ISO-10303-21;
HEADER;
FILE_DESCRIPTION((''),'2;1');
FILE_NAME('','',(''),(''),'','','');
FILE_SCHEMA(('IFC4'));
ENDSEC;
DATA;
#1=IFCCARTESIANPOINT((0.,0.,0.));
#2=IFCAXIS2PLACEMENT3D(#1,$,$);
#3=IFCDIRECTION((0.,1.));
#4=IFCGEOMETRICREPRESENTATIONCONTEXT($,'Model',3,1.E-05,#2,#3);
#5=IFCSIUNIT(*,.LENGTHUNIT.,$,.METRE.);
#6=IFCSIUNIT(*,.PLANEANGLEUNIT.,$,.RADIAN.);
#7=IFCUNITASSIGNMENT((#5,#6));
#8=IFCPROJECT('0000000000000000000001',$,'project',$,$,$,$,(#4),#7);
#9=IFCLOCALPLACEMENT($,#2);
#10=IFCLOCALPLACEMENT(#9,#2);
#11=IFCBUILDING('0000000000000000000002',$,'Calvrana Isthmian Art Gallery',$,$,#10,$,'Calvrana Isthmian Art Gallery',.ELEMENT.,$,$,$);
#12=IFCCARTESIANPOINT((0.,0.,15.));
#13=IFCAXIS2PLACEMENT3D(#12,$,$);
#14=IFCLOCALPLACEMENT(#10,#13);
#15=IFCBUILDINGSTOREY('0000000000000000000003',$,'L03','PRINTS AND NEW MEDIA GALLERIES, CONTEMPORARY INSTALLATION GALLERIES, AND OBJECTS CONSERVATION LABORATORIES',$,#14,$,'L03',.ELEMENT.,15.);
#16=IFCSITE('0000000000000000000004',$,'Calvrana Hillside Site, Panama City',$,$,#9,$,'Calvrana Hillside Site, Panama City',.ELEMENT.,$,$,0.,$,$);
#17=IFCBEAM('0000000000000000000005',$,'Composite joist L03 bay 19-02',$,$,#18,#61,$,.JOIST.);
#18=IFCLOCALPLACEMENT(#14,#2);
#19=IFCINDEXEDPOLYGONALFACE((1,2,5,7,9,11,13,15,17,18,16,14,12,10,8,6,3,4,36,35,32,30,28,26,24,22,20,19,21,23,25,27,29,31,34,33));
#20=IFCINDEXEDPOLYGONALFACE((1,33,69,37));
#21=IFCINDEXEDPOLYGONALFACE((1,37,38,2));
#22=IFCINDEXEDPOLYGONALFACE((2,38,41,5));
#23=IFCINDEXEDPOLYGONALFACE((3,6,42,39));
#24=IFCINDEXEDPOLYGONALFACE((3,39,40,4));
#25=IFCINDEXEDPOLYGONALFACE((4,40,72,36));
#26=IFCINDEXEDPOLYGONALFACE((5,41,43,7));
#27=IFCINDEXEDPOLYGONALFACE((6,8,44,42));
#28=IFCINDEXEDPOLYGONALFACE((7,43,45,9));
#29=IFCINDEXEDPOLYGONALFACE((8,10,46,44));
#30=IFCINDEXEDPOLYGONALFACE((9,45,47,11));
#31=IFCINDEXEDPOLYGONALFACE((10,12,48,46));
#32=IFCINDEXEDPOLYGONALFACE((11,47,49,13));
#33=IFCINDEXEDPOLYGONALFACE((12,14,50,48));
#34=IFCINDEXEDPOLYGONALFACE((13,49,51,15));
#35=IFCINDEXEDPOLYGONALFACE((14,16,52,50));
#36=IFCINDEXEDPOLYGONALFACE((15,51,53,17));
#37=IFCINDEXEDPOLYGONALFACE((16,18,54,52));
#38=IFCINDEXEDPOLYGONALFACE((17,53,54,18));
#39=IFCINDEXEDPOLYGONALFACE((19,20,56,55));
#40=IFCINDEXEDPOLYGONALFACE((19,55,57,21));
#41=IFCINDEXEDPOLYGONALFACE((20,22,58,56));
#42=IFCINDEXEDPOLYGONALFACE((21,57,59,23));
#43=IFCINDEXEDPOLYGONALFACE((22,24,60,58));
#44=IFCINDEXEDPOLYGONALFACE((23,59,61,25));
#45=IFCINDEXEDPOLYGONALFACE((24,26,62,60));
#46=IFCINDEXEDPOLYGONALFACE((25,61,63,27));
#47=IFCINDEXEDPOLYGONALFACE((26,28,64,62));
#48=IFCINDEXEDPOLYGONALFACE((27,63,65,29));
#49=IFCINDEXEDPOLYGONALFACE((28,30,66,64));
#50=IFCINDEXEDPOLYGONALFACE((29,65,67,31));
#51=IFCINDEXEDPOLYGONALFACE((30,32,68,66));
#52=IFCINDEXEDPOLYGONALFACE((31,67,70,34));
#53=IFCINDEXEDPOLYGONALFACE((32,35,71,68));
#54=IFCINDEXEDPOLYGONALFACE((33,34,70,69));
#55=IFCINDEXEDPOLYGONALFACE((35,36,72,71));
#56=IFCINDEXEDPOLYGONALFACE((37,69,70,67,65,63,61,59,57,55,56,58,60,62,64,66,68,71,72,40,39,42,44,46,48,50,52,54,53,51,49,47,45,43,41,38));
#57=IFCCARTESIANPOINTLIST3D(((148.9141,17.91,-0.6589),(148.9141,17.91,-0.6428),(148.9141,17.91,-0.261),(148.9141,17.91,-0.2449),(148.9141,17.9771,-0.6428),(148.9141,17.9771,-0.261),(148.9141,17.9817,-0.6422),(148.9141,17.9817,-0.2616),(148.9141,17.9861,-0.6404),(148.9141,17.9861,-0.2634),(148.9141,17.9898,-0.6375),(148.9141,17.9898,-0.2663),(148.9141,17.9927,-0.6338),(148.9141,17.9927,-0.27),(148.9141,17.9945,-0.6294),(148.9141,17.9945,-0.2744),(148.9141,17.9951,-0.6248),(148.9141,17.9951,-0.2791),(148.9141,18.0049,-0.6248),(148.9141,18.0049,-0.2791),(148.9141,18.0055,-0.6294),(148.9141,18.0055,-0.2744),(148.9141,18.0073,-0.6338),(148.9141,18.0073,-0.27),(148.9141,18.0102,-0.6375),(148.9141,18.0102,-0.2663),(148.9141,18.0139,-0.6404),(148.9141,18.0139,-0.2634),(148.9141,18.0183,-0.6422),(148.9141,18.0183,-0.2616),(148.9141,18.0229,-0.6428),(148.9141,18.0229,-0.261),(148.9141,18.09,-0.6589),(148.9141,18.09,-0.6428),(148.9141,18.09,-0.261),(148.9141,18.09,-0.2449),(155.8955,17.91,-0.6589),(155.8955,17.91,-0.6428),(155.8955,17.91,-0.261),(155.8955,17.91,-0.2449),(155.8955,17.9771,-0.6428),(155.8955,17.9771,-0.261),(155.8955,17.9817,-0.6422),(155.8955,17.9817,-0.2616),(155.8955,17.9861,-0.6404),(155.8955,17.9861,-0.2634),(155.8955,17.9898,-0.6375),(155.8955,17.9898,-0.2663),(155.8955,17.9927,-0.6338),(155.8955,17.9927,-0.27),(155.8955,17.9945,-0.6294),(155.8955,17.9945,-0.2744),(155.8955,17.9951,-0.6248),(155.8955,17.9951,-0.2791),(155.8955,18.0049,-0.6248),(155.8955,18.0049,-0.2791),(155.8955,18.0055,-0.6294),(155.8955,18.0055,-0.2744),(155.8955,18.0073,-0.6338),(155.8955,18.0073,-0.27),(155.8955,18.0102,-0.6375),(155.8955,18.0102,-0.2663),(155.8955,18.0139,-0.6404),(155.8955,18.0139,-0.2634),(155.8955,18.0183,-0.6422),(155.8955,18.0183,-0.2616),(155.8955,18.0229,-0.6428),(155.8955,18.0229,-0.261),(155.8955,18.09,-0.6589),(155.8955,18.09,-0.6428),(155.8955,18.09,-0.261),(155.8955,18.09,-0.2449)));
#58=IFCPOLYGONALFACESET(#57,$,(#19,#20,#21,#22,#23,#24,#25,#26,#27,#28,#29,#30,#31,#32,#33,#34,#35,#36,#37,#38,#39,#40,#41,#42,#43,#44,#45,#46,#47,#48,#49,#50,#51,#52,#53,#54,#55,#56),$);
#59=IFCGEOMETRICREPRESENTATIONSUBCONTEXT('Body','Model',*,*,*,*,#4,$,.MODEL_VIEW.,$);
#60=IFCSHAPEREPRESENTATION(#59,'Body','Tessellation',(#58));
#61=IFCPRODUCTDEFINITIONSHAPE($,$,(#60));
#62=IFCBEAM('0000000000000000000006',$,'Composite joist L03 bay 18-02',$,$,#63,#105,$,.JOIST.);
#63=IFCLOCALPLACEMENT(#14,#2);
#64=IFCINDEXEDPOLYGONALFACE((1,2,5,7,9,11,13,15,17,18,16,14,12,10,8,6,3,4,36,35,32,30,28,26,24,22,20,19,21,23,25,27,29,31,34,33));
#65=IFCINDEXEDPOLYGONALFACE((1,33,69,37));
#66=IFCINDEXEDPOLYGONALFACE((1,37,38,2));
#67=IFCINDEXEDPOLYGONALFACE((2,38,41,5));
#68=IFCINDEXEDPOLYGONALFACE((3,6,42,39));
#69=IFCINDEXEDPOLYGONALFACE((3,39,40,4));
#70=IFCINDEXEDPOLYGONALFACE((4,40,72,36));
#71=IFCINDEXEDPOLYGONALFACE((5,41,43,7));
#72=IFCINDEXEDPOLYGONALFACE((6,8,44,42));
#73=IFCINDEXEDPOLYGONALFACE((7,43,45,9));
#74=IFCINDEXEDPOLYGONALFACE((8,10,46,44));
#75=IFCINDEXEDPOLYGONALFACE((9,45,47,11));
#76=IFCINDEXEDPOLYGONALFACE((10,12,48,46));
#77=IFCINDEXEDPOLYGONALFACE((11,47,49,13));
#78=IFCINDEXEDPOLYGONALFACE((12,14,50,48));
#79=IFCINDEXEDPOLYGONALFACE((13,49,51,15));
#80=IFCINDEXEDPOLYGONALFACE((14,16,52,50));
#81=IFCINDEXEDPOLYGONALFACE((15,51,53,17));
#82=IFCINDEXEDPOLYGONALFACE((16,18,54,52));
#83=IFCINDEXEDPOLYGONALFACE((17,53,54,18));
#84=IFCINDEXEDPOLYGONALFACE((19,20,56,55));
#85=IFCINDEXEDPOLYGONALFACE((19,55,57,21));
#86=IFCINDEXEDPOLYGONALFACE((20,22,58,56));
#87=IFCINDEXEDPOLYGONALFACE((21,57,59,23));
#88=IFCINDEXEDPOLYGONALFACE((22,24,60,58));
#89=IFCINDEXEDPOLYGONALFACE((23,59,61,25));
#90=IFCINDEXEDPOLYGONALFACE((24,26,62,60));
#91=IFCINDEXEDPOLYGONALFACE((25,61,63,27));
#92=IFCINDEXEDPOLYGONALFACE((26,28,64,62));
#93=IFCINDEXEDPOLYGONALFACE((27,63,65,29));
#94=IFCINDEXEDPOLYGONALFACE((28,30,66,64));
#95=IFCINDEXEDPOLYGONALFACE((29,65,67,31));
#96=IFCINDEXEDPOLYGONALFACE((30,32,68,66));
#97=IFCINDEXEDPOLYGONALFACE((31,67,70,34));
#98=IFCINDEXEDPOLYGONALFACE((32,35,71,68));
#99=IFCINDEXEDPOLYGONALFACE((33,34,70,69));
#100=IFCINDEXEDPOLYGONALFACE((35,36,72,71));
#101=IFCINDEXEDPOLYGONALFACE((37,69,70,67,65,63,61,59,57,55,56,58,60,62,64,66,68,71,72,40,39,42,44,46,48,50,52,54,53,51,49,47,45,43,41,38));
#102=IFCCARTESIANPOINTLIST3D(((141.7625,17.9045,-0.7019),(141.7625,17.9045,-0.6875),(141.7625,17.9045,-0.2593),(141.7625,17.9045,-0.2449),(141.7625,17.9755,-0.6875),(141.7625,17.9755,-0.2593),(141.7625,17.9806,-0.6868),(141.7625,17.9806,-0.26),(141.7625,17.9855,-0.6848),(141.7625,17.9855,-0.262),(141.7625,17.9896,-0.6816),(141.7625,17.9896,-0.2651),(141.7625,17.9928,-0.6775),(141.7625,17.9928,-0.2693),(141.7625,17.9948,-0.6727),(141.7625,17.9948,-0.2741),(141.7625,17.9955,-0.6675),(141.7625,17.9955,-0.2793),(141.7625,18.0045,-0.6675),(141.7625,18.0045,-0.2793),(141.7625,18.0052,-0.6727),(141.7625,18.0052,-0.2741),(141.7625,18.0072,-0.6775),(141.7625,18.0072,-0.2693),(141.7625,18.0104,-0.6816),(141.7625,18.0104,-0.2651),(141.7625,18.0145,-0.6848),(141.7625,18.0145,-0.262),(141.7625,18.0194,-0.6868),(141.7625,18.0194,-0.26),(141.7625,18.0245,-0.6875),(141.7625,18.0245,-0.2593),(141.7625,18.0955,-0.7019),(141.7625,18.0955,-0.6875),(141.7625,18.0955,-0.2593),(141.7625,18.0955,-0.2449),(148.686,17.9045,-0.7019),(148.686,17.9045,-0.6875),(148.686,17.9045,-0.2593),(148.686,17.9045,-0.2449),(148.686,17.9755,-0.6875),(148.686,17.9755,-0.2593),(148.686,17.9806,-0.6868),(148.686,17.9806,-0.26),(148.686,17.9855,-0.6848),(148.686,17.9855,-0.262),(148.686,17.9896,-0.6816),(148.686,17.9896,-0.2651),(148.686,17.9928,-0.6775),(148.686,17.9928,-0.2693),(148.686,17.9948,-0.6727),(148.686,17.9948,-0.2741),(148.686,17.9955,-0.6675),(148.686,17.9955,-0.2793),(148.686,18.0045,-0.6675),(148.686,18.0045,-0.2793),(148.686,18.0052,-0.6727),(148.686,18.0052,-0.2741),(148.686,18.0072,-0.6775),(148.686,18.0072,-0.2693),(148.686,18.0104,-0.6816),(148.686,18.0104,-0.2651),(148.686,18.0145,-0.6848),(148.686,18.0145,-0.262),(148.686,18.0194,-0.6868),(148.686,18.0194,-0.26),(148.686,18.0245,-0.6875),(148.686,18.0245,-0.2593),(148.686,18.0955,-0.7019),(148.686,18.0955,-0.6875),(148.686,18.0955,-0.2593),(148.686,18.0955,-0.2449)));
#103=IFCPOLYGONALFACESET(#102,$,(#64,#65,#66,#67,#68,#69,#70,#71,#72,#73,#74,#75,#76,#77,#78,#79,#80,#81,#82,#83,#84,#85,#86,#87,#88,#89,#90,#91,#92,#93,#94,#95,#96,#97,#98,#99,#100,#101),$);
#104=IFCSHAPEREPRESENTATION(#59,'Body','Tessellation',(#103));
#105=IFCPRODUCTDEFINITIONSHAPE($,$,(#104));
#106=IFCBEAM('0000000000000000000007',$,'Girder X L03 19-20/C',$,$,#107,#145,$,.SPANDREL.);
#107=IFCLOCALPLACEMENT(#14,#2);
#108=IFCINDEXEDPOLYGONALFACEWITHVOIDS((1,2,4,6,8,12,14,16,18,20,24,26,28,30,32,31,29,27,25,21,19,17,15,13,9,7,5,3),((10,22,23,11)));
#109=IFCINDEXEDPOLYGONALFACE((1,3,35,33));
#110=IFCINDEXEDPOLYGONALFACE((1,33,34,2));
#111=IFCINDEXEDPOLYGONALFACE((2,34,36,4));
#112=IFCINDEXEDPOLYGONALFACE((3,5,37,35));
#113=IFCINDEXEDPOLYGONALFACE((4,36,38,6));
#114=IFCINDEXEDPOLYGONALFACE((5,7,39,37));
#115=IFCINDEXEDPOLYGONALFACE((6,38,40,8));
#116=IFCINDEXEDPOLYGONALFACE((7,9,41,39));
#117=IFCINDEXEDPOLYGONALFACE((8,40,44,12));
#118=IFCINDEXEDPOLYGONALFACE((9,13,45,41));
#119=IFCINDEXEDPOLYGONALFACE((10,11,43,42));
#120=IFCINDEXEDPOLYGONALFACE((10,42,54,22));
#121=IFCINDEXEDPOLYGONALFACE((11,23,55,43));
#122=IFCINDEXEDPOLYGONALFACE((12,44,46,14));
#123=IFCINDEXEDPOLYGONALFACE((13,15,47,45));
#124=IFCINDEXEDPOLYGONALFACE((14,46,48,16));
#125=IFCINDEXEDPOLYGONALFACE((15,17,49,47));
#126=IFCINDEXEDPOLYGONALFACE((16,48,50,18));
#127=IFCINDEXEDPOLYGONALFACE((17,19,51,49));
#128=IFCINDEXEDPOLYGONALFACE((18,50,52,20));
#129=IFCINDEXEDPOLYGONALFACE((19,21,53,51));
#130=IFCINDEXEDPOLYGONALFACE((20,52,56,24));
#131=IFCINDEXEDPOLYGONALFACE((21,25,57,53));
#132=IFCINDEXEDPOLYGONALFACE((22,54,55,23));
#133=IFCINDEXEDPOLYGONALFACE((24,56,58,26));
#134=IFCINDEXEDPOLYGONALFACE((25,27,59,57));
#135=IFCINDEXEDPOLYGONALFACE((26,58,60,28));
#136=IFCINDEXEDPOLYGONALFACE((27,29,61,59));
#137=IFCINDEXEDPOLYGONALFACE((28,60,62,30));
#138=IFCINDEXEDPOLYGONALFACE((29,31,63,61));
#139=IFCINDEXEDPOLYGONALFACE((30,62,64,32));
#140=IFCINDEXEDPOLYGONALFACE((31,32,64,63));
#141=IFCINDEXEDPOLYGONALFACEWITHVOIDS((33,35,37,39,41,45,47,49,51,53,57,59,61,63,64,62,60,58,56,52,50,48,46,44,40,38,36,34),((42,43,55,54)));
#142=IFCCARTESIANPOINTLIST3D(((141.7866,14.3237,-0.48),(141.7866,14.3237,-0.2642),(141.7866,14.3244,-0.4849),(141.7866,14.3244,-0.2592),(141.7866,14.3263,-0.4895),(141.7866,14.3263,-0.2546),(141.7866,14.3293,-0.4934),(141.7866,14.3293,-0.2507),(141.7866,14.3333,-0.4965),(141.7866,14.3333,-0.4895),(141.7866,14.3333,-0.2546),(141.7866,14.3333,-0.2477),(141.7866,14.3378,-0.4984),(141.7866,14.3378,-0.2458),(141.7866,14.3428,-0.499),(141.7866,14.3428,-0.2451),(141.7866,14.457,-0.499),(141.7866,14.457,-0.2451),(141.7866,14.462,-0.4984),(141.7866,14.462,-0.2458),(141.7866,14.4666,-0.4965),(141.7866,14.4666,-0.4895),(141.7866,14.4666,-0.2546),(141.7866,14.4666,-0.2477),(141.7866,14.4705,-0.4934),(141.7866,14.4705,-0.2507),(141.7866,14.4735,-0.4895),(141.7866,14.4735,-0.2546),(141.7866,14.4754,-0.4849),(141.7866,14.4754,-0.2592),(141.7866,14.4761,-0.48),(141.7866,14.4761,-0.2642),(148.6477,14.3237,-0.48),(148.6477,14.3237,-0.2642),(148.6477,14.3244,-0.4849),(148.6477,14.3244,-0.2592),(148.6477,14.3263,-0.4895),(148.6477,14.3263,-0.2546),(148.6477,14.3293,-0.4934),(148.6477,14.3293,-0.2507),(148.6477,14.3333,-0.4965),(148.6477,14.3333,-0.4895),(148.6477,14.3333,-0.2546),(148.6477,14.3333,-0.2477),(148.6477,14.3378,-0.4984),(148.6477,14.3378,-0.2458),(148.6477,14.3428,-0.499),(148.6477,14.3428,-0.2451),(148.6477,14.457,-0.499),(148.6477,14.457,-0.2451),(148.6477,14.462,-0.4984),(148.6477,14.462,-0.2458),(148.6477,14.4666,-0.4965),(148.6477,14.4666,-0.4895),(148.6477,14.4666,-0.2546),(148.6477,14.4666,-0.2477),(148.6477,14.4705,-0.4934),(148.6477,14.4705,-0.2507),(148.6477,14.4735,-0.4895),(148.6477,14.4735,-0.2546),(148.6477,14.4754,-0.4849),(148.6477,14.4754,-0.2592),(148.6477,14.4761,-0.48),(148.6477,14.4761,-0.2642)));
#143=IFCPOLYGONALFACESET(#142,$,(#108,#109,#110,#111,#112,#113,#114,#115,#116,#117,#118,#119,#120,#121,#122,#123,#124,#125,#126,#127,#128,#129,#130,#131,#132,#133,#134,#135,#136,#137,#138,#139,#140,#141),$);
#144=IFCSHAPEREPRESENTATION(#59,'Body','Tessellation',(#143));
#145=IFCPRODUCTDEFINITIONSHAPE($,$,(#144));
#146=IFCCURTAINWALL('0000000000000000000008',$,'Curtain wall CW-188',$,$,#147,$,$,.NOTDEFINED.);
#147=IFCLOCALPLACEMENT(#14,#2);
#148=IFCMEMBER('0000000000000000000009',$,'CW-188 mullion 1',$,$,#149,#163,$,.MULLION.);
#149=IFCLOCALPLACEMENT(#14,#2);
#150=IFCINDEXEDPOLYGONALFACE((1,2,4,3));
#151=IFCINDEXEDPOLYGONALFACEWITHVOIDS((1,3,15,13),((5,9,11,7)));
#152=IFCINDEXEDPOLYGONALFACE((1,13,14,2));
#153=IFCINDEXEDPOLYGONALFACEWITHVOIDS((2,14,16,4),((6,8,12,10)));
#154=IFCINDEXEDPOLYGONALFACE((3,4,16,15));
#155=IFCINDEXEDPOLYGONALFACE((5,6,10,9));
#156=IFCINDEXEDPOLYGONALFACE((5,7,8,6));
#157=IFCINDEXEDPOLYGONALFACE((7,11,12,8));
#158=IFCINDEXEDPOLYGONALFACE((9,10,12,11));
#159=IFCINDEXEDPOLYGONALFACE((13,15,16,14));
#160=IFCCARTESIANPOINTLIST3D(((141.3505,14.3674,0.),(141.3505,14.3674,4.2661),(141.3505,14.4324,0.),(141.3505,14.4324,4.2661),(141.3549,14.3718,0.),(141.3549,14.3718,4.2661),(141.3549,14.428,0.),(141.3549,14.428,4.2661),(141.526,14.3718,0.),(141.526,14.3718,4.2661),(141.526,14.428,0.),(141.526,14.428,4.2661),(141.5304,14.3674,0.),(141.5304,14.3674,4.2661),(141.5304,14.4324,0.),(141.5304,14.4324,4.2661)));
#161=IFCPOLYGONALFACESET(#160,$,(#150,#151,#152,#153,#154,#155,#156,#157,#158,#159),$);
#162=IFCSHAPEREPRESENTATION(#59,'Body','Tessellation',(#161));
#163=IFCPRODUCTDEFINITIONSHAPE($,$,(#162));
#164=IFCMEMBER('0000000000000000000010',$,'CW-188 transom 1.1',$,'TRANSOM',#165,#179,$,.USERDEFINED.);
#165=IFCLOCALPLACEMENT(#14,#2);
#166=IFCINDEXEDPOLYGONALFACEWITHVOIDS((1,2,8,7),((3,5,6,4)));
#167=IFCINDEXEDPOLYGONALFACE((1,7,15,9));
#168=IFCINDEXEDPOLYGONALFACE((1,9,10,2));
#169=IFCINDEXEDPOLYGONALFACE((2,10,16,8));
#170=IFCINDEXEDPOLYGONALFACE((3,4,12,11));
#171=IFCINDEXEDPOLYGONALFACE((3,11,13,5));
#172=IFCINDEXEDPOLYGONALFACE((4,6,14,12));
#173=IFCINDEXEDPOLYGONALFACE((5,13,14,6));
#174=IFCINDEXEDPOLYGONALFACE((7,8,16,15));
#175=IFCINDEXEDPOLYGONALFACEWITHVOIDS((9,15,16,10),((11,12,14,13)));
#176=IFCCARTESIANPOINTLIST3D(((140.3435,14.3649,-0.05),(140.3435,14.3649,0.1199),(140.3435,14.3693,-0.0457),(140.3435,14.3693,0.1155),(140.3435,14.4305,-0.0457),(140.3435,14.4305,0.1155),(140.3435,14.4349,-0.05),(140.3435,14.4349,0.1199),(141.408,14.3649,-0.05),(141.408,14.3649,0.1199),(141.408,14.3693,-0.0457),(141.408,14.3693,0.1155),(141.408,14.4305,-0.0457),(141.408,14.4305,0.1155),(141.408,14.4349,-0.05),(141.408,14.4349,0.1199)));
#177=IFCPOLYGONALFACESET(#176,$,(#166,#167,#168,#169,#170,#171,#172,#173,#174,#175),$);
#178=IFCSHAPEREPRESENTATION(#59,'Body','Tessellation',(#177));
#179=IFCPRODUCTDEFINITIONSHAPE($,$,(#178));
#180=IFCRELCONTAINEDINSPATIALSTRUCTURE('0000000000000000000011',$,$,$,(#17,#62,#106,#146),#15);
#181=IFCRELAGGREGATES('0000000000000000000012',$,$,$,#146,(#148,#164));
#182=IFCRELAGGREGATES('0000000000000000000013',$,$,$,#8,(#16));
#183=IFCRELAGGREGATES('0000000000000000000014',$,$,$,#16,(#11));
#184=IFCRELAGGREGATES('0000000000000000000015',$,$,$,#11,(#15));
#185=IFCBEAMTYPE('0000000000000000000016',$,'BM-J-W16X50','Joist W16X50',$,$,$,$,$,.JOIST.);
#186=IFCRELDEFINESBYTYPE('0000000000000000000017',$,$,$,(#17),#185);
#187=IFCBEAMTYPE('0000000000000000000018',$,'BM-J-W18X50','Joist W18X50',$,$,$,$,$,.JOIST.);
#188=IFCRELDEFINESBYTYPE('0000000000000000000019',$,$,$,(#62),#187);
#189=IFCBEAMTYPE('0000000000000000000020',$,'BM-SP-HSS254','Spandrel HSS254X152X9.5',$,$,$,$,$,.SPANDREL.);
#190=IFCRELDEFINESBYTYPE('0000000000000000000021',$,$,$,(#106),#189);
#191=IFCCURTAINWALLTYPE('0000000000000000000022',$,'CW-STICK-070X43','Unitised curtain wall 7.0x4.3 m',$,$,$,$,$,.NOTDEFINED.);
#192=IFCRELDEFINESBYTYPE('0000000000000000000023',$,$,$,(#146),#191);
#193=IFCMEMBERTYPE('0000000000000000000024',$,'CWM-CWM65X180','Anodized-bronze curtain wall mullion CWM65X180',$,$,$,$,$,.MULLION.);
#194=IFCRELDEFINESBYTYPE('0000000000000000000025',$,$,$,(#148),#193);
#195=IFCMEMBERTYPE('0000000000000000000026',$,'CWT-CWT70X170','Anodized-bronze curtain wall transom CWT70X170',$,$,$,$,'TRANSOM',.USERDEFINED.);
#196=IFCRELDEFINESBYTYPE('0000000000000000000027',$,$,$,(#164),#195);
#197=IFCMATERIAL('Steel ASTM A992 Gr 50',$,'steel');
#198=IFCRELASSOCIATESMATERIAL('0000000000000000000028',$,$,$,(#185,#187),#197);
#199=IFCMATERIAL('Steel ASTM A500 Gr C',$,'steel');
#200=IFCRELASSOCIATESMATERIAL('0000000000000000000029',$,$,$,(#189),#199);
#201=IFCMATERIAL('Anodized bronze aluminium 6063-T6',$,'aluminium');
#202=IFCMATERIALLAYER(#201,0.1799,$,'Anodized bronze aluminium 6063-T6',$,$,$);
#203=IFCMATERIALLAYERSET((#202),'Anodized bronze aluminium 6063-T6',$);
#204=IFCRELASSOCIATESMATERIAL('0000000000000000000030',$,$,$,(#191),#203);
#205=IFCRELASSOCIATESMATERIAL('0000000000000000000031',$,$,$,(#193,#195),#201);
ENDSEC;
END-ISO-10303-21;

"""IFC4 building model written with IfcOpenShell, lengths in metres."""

from ifc_helpers import new_model, si_unit, direction, frame, origin, origin_2d, place, context, subcontext, project, spatial, hollow_rectangle, i_section, extrude, material, layer, layer_set, material_profile, profile_set, type_object, element, aggregate, save


model = new_model("IFC4")

# Units and contexts
model_context = context("Model", 3, precision=1e-05, world=origin(), true_north=direction((0.0, 1.0)))
body_context = subcontext(model_context, "Body", "Model", "MODEL_VIEW")
ifc_project = project(units=[si_unit("LENGTHUNIT", "METRE"), si_unit("PLANEANGLEUNIT", "RADIAN")], contexts=[model_context])

# Site, building, storey
site_placement = place(None, origin())
site = spatial("IfcSite", under=ifc_project, at=site_placement, Name="Calvrana Hillside Site, Panama City", LongName="Calvrana Hillside Site, Panama City", CompositionType="ELEMENT", RefElevation=0.0)
building_placement = place(site_placement, origin())
building = spatial("IfcBuilding", under=site, at=building_placement, Name="Calvrana Isthmian Art Gallery", LongName="Calvrana Isthmian Art Gallery", CompositionType="ELEMENT")
storey_placement = place(building_placement, frame((0.0, 0.0, 15.0)))
storey = spatial("IfcBuildingStorey", under=building, at=storey_placement, Name="L03", Description="PRINTS AND NEW MEDIA GALLERIES, CONTEMPORARY INSTALLATION GALLERIES, AND OBJECTS CONSERVATION LABORATORIES", LongName="L03", CompositionType="ELEMENT", Elevation=15.0)

# Shared definitions
ifc_material_1 = material(Name="Steel ASTM A500 Gr C", Category="steel")
ifc_material_2 = material(Name="Steel ASTM A992 Gr 50", Category="steel")

# Beams
ifc_material_profile_1 = material_profile(ifc_material_2, i_section(OverallWidth=0.1799, OverallDepth=0.4141, WebThickness=0.0098, FlangeThickness=0.0161, FilletRadius=0.0181, at=origin_2d()), Name="W16X50")
ifc_profile_set_1 = profile_set([ifc_material_profile_1], Name="Steel ASTM A992 Gr 50")
beam_type_1 = type_object("IfcBeamType", Name="BM-J-W16X50", Description="Joist W16X50", PredefinedType="JOIST", material=ifc_profile_set_1)
beam_1_placement = place(storey_placement, frame((148.9141, 18.0, -0.4519), z_axis=(1.0, 0.0, 0.0), x_axis=(0.0, 1.0, 0.0)))
element("IfcBeam", 1, at=beam_1_placement, inside=storey, type_object=beam_type_1, Name="Composite joist L03 bay 19-02", PredefinedType="JOIST", context=body_context, shape_type="SweptSolid", body=[
    extrude(i_section(OverallWidth=0.1799, OverallDepth=0.4141, WebThickness=0.0098, FlangeThickness=0.0161, FilletRadius=0.0181, at=origin_2d()), origin(), (0.0, 0.0, 1.0), 6.9814),
])
ifc_material_profile_2 = material_profile(ifc_material_2, i_section(OverallWidth=0.1909, OverallDepth=0.457, WebThickness=0.009, FlangeThickness=0.0144, FilletRadius=0.02, at=origin_2d()), Name="W18X50")
ifc_profile_set_2 = profile_set([ifc_material_profile_2], Name="Steel ASTM A992 Gr 50")
beam_type_2 = type_object("IfcBeamType", Name="BM-J-W18X50", Description="Joist W18X50", PredefinedType="JOIST", material=ifc_profile_set_2)
beam_2_placement = place(storey_placement, frame((141.7625, 18.0, -0.4734), z_axis=(1.0, 0.0, 0.0), x_axis=(0.0, 1.0, 0.0)))
element("IfcBeam", 2, at=beam_2_placement, inside=storey, type_object=beam_type_2, Name="Composite joist L03 bay 18-02", PredefinedType="JOIST", context=body_context, shape_type="SweptSolid", body=[
    extrude(i_section(OverallWidth=0.1909, OverallDepth=0.457, WebThickness=0.009, FlangeThickness=0.0144, FilletRadius=0.02, at=origin_2d()), origin(), (0.0, 0.0, 1.0), 6.9236),
])
ifc_material_profile_3 = material_profile(ifc_material_1, hollow_rectangle(XDim=0.1523, YDim=0.2539, WallThickness=0.0095, OuterFilletRadius=0.019, at=origin_2d()), Name="HSS254X152X9.5")
ifc_profile_set_3 = profile_set([ifc_material_profile_3], Name="Steel ASTM A500 Gr C")
beam_type_3 = type_object("IfcBeamType", Name="BM-SP-HSS254", Description="Spandrel HSS254X152X9.5", PredefinedType="SPANDREL", material=ifc_profile_set_3)
beam_3_placement = place(storey_placement, frame((141.7866, 14.3999, -0.3721), z_axis=(1.0, 0.0, 0.0), x_axis=(0.0, 1.0, 0.0)))
element("IfcBeam", 3, at=beam_3_placement, inside=storey, type_object=beam_type_3, Name="Girder X L03 19-20/C", PredefinedType="SPANDREL", context=body_context, shape_type="SweptSolid", body=[
    extrude(hollow_rectangle(XDim=0.1523, YDim=0.2539, WallThickness=0.0095, OuterFilletRadius=0.019, at=origin_2d()), origin(), (0.0, 0.0, 1.0), 6.8611),
])

# Curtain wall, members
ifc_material_3 = material(Name="Anodized bronze aluminium 6063-T6", Category="aluminium")
ifc_layer_1 = layer(ifc_material_3, 0.1799, Name="Anodized bronze aluminium 6063-T6")
ifc_layer_set_1 = layer_set([ifc_layer_1], Name="Anodized bronze aluminium 6063-T6")
curtain_wall_type = type_object("IfcCurtainWallType", Name="CW-STICK-070X43", Description="Unitised curtain wall 7.0x4.3 m", PredefinedType="NOTDEFINED", material=ifc_layer_set_1)
curtain_wall_placement = place(storey_placement, origin())
curtain_wall = element("IfcCurtainWall", 4, at=curtain_wall_placement, inside=storey, type_object=curtain_wall_type, Name="Curtain wall CW-188", PredefinedType="NOTDEFINED")
ifc_material_profile_4 = material_profile(ifc_material_3, hollow_rectangle(XDim=0.0649, YDim=0.1799, WallThickness=0.0044, at=origin_2d()), Name="CWM65X180")
ifc_profile_set_4 = profile_set([ifc_material_profile_4], Name="Anodized bronze aluminium 6063-T6")
member_type_1 = type_object("IfcMemberType", Name="CWM-CWM65X180", Description="Anodized-bronze curtain wall mullion CWM65X180", PredefinedType="MULLION", material=ifc_profile_set_4)
member_1_placement = place(storey_placement, frame((141.4404, 14.3999, 0.0), z_axis=(0.0, 0.0, 1.0), x_axis=(0.0, -1.0, 0.0)))
member_1 = element("IfcMember", 5, at=member_1_placement, type_object=member_type_1, Name="CW-188 mullion 1", PredefinedType="MULLION", context=body_context, shape_type="SweptSolid", body=[
    extrude(hollow_rectangle(XDim=0.0649, YDim=0.1799, WallThickness=0.0044, at=origin_2d()), origin(), (0.0, 0.0, 1.0), 4.2661),
])
ifc_material_profile_5 = material_profile(ifc_material_3, hollow_rectangle(XDim=0.0701, YDim=0.1699, WallThickness=0.0044, at=origin_2d()), Name="CWT70X170")
ifc_profile_set_5 = profile_set([ifc_material_profile_5], Name="Anodized bronze aluminium 6063-T6")
member_type_2 = type_object("IfcMemberType", Name="CWT-CWT70X170", Description="Anodized-bronze curtain wall transom CWT70X170", ElementType="TRANSOM", PredefinedType="USERDEFINED", material=ifc_profile_set_5)
member_2_placement = place(storey_placement, frame((141.408, 14.3999, 0.0349), z_axis=(-1.0, 0.0, 0.0), x_axis=(0.0, -1.0, 0.0)))
member_2 = element("IfcMember", 6, at=member_2_placement, type_object=member_type_2, Name="CW-188 transom 1.1", ObjectType="TRANSOM", PredefinedType="USERDEFINED", context=body_context, shape_type="SweptSolid", body=[
    extrude(hollow_rectangle(XDim=0.0701, YDim=0.1699, WallThickness=0.0044, at=origin_2d()), origin(), (0.0, 0.0, 1.0), 1.0645),
])
aggregate(curtain_wall, [member_1, member_2])

save(model, "model.ifc")
